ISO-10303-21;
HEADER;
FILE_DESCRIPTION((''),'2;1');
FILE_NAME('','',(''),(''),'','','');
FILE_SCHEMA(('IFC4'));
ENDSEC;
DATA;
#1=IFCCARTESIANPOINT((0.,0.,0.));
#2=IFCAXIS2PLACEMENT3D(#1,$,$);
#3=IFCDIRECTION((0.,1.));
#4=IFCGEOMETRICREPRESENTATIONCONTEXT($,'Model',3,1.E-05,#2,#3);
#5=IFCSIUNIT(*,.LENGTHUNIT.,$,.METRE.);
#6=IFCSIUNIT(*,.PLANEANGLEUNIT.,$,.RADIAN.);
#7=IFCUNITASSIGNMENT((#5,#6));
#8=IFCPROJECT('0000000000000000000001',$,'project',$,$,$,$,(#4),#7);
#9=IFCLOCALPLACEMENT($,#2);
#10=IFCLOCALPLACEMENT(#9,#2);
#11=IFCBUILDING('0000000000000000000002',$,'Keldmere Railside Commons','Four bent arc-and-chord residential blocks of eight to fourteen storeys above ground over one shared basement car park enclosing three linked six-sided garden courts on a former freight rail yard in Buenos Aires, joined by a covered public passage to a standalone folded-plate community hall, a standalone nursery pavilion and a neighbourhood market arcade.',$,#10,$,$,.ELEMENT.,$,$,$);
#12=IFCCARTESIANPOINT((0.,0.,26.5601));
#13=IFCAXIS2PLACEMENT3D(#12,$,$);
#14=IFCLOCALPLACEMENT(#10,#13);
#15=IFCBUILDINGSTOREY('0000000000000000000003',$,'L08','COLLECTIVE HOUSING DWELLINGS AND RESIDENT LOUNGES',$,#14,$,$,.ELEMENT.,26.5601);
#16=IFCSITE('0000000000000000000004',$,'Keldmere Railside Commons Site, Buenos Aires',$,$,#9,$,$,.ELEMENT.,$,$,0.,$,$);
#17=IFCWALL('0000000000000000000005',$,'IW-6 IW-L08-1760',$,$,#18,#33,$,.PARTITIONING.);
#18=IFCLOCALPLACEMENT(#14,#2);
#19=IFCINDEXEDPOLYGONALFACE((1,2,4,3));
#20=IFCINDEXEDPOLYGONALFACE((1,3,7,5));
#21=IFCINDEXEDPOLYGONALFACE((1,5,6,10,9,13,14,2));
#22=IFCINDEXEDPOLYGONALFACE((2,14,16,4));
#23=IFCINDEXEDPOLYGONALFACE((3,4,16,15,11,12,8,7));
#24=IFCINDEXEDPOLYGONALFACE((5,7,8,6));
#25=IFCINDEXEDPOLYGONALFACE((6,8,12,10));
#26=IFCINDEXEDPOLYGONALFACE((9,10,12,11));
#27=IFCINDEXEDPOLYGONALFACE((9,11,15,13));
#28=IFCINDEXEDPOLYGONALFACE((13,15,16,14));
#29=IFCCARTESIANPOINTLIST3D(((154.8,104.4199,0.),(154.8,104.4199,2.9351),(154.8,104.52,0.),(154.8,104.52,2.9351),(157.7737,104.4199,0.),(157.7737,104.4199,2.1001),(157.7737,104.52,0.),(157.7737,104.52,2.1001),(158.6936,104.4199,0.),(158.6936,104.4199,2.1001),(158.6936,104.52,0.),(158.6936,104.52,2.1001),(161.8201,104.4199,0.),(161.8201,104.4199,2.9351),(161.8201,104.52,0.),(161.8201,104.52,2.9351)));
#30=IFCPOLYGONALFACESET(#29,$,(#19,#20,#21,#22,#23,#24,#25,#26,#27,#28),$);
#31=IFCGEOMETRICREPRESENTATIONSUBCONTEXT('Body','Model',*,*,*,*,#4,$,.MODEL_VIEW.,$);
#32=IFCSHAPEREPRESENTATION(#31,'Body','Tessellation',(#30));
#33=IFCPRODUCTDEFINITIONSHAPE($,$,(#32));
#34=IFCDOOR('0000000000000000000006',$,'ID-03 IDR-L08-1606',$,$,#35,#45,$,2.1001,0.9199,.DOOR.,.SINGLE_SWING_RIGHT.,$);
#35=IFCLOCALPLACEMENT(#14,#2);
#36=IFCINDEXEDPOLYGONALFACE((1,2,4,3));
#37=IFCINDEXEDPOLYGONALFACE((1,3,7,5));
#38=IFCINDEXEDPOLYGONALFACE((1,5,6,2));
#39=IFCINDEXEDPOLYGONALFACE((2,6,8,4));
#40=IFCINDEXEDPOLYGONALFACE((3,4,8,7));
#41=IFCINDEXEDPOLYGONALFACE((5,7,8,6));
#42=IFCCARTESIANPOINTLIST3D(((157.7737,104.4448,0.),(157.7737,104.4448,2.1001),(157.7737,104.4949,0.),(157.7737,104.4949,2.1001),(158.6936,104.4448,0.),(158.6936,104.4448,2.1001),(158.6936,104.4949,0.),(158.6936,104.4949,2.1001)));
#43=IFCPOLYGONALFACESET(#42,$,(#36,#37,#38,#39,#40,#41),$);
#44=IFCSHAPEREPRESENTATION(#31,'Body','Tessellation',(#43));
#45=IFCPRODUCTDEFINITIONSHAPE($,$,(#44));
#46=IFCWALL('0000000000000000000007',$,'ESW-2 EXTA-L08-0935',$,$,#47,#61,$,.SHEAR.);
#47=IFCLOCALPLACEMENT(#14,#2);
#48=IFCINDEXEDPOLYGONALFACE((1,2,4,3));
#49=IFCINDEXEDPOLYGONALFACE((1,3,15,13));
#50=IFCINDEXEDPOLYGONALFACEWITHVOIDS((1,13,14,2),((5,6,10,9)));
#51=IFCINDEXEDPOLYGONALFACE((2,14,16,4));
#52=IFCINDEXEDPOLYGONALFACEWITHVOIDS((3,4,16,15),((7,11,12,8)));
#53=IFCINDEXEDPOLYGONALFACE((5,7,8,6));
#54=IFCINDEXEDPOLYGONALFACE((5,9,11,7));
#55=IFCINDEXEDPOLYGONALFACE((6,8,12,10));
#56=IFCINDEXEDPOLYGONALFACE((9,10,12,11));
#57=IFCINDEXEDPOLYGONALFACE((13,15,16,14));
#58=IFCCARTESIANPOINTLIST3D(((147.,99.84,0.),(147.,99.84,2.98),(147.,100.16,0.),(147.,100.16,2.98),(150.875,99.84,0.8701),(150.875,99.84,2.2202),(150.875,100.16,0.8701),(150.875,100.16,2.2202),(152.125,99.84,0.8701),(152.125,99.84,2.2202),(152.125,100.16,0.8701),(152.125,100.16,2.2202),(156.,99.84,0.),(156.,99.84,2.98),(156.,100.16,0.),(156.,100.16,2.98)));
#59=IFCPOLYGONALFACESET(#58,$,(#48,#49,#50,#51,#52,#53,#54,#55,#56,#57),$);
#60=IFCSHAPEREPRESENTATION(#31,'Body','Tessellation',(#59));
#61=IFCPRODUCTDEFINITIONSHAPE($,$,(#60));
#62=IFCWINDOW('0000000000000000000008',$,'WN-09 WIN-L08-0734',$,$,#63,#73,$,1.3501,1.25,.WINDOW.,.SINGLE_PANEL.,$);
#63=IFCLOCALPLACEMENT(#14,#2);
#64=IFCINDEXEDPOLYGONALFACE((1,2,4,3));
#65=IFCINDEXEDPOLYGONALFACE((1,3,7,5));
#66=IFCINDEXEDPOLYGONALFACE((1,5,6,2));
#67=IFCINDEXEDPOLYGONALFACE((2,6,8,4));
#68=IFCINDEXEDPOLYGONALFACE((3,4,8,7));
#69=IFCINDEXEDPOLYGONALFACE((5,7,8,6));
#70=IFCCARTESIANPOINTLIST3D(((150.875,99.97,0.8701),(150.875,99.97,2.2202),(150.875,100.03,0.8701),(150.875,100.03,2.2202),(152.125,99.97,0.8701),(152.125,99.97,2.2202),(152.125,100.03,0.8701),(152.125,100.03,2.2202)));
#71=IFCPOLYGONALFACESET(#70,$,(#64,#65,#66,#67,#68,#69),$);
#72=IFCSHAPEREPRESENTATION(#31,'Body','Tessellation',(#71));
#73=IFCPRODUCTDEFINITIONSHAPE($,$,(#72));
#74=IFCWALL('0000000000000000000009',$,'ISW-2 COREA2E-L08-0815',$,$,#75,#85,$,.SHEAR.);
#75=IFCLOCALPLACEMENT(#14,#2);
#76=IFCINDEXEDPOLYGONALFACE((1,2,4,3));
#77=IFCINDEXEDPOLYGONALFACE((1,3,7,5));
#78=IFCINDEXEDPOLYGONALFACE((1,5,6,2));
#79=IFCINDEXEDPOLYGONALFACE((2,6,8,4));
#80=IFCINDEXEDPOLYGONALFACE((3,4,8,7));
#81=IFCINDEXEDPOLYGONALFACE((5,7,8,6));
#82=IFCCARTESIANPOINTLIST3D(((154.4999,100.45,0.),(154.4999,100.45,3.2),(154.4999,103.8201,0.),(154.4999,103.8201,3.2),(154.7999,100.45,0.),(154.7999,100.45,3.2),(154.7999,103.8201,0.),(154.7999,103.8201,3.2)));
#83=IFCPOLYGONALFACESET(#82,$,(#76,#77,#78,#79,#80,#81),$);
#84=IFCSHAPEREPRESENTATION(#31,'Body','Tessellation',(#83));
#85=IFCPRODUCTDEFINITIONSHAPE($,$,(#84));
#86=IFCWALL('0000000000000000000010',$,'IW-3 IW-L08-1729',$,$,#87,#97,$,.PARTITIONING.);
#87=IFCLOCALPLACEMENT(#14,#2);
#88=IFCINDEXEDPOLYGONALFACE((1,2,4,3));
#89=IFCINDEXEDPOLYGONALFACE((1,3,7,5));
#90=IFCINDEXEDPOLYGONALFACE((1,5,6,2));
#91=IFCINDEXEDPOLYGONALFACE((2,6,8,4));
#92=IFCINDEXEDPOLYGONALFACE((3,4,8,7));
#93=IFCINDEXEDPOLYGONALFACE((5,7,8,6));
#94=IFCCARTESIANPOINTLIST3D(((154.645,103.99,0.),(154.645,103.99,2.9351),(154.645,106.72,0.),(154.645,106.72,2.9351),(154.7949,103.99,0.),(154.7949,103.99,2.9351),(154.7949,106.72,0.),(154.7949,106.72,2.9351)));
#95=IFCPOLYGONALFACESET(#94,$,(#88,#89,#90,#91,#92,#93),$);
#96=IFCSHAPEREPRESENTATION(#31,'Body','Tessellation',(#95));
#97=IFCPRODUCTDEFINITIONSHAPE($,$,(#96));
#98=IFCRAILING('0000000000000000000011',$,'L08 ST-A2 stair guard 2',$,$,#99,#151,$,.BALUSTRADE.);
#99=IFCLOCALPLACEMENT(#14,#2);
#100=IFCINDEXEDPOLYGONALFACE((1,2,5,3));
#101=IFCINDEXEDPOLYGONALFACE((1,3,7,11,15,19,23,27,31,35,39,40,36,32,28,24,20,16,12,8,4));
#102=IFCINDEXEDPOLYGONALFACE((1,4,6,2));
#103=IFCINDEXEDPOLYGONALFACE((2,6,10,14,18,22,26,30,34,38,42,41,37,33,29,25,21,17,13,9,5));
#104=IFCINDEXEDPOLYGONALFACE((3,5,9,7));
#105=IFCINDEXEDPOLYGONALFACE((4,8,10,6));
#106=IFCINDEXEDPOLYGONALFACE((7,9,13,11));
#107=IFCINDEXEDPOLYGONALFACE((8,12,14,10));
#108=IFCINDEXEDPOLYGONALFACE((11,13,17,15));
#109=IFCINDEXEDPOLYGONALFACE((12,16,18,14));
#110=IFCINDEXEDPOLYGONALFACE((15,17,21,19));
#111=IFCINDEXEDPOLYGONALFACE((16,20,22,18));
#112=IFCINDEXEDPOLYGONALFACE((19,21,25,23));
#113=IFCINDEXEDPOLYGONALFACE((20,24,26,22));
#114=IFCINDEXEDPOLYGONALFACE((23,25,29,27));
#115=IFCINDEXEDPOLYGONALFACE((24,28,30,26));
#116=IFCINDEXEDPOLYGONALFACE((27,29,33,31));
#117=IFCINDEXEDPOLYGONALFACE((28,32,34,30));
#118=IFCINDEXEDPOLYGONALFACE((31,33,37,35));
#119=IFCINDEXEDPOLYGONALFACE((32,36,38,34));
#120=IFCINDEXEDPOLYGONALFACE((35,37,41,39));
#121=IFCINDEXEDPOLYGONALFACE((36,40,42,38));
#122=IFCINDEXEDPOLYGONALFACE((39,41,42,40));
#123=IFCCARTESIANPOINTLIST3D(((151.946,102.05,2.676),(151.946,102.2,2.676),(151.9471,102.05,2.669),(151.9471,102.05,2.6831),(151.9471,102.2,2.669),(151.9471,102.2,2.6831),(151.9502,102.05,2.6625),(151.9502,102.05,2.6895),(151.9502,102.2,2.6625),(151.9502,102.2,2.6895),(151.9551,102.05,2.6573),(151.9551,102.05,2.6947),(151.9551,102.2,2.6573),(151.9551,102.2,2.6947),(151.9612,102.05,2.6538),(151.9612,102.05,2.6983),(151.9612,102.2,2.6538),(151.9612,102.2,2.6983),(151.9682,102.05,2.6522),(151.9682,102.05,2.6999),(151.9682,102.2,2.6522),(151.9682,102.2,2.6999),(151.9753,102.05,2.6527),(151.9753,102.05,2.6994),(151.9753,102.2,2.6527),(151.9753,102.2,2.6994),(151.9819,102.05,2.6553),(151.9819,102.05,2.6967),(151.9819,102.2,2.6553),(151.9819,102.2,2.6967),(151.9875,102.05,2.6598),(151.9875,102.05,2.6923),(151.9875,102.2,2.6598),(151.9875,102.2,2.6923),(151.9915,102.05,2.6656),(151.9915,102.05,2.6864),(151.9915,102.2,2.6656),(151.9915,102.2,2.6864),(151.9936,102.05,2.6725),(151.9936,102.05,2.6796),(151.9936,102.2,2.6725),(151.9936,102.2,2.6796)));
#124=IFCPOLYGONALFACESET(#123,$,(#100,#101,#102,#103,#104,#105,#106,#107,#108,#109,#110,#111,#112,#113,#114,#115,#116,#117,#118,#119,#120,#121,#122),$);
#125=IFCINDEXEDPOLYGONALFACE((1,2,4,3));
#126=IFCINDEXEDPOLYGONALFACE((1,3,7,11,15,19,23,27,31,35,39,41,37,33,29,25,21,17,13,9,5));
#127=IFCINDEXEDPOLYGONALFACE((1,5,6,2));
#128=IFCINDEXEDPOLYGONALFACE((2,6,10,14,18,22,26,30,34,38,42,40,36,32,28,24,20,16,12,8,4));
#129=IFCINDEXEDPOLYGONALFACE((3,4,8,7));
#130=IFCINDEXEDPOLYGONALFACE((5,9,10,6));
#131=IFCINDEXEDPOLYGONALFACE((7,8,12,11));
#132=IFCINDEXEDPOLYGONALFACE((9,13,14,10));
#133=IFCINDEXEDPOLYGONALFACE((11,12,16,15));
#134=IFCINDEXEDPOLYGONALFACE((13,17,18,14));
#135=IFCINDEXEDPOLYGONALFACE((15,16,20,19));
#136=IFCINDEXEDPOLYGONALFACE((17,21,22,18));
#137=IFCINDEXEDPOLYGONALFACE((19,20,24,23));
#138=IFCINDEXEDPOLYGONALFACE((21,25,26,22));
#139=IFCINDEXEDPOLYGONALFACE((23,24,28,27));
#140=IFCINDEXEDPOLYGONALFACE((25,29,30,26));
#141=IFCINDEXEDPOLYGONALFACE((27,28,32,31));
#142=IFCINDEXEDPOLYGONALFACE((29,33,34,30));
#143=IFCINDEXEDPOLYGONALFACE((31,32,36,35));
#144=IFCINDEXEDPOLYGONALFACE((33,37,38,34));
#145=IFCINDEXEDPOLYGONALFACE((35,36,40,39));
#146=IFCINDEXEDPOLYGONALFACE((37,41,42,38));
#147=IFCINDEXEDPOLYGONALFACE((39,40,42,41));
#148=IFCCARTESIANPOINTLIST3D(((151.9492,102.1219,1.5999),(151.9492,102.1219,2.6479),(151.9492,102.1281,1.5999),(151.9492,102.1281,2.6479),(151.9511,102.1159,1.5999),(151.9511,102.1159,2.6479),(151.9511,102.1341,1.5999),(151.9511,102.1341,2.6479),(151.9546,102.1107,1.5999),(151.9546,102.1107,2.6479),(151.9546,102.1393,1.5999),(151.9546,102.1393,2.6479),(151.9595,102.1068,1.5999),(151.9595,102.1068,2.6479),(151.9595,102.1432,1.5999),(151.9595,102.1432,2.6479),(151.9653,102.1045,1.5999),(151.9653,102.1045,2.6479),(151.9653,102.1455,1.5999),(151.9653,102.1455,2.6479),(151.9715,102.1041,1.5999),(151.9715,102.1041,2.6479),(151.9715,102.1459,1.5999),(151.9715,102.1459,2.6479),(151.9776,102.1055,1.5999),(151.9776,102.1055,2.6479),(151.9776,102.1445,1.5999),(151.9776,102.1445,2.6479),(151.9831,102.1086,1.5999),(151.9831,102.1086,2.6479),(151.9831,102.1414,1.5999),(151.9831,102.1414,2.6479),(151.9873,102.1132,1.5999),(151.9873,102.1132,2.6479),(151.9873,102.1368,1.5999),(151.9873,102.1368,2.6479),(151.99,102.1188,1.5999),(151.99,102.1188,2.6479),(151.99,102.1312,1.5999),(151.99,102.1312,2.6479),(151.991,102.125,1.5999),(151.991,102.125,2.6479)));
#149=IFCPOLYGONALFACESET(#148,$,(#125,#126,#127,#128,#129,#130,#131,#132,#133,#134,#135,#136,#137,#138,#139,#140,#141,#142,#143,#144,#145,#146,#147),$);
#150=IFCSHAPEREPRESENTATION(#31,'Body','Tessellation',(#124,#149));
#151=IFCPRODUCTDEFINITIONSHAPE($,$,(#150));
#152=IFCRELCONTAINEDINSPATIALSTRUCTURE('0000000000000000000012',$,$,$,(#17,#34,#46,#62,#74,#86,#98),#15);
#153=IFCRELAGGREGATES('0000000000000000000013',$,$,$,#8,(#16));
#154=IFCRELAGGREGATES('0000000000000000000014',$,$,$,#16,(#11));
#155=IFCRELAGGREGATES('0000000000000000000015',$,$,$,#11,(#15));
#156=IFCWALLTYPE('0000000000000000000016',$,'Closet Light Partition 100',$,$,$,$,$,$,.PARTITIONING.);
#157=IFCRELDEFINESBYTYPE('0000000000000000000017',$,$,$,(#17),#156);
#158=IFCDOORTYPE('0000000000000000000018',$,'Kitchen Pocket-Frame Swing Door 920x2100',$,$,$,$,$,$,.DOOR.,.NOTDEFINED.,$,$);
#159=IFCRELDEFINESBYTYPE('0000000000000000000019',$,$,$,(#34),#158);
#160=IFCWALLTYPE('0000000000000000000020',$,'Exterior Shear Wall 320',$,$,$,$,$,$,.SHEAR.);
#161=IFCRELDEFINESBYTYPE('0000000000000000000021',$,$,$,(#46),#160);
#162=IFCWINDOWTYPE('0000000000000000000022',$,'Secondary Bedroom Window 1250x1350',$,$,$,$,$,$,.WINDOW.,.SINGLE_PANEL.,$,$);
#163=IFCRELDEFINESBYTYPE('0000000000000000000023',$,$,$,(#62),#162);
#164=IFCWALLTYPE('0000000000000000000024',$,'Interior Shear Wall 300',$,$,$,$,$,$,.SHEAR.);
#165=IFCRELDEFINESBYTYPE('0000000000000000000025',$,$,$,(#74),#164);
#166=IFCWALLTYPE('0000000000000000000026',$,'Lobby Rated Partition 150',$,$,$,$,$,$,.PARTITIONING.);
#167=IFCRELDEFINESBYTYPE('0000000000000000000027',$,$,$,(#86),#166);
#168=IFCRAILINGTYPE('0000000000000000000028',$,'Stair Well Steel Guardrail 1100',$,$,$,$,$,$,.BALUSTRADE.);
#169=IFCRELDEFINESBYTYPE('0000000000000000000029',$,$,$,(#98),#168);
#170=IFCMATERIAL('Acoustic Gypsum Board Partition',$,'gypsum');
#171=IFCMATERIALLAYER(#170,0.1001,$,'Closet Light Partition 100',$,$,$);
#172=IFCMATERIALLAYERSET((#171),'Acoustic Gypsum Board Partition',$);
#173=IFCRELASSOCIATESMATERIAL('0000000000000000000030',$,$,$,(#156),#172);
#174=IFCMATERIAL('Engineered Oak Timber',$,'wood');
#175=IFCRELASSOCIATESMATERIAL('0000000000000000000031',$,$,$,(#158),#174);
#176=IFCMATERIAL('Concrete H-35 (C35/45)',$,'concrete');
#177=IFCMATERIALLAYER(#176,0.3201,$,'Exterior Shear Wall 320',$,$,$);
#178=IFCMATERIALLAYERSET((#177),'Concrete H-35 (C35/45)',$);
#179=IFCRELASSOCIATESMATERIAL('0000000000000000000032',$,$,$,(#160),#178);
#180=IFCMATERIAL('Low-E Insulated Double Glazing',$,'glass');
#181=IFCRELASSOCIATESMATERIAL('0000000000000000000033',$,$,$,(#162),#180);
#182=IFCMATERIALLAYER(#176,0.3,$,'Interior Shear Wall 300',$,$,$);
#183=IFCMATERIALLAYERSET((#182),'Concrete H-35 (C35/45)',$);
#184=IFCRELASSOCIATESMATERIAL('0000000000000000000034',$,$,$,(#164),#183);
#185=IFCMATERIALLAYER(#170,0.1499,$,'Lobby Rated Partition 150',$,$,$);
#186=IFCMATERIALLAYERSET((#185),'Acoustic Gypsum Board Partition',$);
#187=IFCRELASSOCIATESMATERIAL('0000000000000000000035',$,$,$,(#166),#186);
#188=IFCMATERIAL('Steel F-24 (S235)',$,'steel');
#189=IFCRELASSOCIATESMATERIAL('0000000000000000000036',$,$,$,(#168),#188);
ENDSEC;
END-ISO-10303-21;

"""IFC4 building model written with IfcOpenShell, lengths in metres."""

from ifc_helpers import new_model, si_unit, direction, frame, frame_2d, origin, origin_2d, place, context, subcontext, project, spatial, rectangle, circle, extrude, material, layer, layer_set, type_object, element, fill, save


model = new_model("IFC4")

# Units and contexts
model_context = context("Model", 3, precision=1e-05, world=origin(), true_north=direction((0.0, 1.0)))
body_context = subcontext(model_context, "Body", "Model", "MODEL_VIEW")
ifc_project = project(units=[si_unit("LENGTHUNIT", "METRE"), si_unit("PLANEANGLEUNIT", "RADIAN")], contexts=[model_context])

# Site, building, storey
site_placement = place(None, origin())
site = spatial("IfcSite", under=ifc_project, at=site_placement, Name="Keldmere Railside Commons Site, Buenos Aires", CompositionType="ELEMENT", RefElevation=0.0)
building_placement = place(site_placement, origin())
building = spatial("IfcBuilding", under=site, at=building_placement, Name="Keldmere Railside Commons", Description="Four bent arc-and-chord residential blocks of eight to fourteen storeys above ground over one shared basement car park enclosing three linked six-sided garden courts on a former freight rail yard in Buenos Aires, joined by a covered public passage to a standalone folded-plate community hall, a standalone nursery pavilion and a neighbourhood market arcade.", CompositionType="ELEMENT")
storey_placement = place(building_placement, frame((0.0, 0.0, 26.5601)))
storey = spatial("IfcBuildingStorey", under=building, at=storey_placement, Name="L08", Description="COLLECTIVE HOUSING DWELLINGS AND RESIDENT LOUNGES", CompositionType="ELEMENT", Elevation=26.5601)

# Shared definitions
ifc_material_1 = material(Name="Low-E Insulated Double Glazing", Category="glass")

# Wall, opening, door
ifc_material_2 = material(Name="Acoustic Gypsum Board Partition", Category="gypsum")
ifc_layer_1 = layer(ifc_material_2, 0.1001, Name="Closet Light Partition 100")
ifc_layer_set_1 = layer_set([ifc_layer_1], Name="Acoustic Gypsum Board Partition")
wall_type_1 = type_object("IfcWallType", Name="Closet Light Partition 100", PredefinedType="PARTITIONING", material=ifc_layer_set_1)
wall_1_placement = place(storey_placement, frame((154.8, 104.47, 0.0), z_axis=(0.0, 0.0, 1.0), x_axis=(1.0, 0.0, 0.0)))
wall_1 = element("IfcWall", 1, at=wall_1_placement, inside=storey, type_object=wall_type_1, Name="IW-6 IW-L08-1760", PredefinedType="PARTITIONING", context=body_context, shape_type="SweptSolid", body=[
    extrude(rectangle(XDim=7.02, YDim=0.1001, at=frame_2d((3.51, 0.0))), origin(), (0.0, 0.0, 1.0), 2.9351),
])
opening_1_placement = place(wall_1_placement, frame((2.9736, 0.0, 0.0)))
opening_1 = element("IfcOpeningElement", 2, at=opening_1_placement, cuts=wall_1, PredefinedType="OPENING", context=body_context, shape_type="SweptSolid", body=[
    extrude(rectangle(XDim=0.9199, YDim=2.1001, at=frame_2d((0.46, 1.05))), frame((0.0, 0.0601, 0.0), z_axis=(0.0, -1.0, 0.0), x_axis=(1.0, 0.0, 0.0)), (0.0, 0.0, 1.0), 0.1201),
])
ifc_material_3 = material(Name="Engineered Oak Timber", Category="wood")
door_type_1 = type_object("IfcDoorType", Name="Kitchen Pocket-Frame Swing Door 920x2100", OperationType="NOTDEFINED", PredefinedType="DOOR", material=ifc_material_3)
door_1_placement = place(opening_1_placement, origin())
door_1 = element("IfcDoor", 3, at=door_1_placement, inside=storey, type_object=door_type_1, Name="ID-03 IDR-L08-1606", OperationType="SINGLE_SWING_RIGHT", OverallHeight=2.1001, OverallWidth=0.9199, PredefinedType="DOOR", context=body_context, shape_type="SweptSolid", body=[
    extrude(rectangle(XDim=0.9199, YDim=2.1001, at=frame_2d((0.46, 1.05))), frame((0.0, 0.0249, 0.0), z_axis=(0.0, -1.0, 0.0), x_axis=(1.0, 0.0, 0.0)), (0.0, 0.0, 1.0), 0.05),
])
fill(opening_1, door_1)

# Wall, opening, window
ifc_material_4 = material(Name="Concrete H-35 (C35/45)", Category="concrete")
ifc_layer_2 = layer(ifc_material_4, 0.3201, Name="Exterior Shear Wall 320")
ifc_layer_set_2 = layer_set([ifc_layer_2], Name="Concrete H-35 (C35/45)")
wall_type_2 = type_object("IfcWallType", Name="Exterior Shear Wall 320", PredefinedType="SHEAR", material=ifc_layer_set_2)
wall_2_placement = place(storey_placement, frame((156.0, 100.0, 0.0), z_axis=(0.0, 0.0, 1.0), x_axis=(-1.0, 0.0, 0.0)))
wall_2 = element("IfcWall", 4, at=wall_2_placement, inside=storey, type_object=wall_type_2, Name="ESW-2 EXTA-L08-0935", PredefinedType="SHEAR", context=body_context, shape_type="SweptSolid", body=[
    extrude(rectangle(XDim=9.0, YDim=0.3201, at=frame_2d((4.5, 0.0))), origin(), (0.0, 0.0, 1.0), 2.98),
])
opening_2_placement = place(wall_2_placement, frame((3.875, 0.0, 0.8701)))
opening_2 = element("IfcOpeningElement", 5, at=opening_2_placement, cuts=wall_2, PredefinedType="OPENING", context=body_context, shape_type="SweptSolid", body=[
    extrude(rectangle(XDim=1.25, YDim=1.3501, at=frame_2d((0.625, 0.675))), frame((0.0, 0.1699, 0.0), z_axis=(0.0, -1.0, 0.0), x_axis=(1.0, 0.0, 0.0)), (0.0, 0.0, 1.0), 0.3401),
])
window_type = type_object("IfcWindowType", Name="Secondary Bedroom Window 1250x1350", PartitioningType="SINGLE_PANEL", PredefinedType="WINDOW", material=ifc_material_1)
window_placement = place(opening_2_placement, origin())
window = element("IfcWindow", 6, at=window_placement, inside=storey, type_object=window_type, Name="WN-09 WIN-L08-0734", OverallHeight=1.3501, OverallWidth=1.25, PartitioningType="SINGLE_PANEL", PredefinedType="WINDOW", context=body_context, shape_type="SweptSolid", body=[
    extrude(rectangle(XDim=1.25, YDim=1.3501, at=frame_2d((0.625, 0.675))), frame((0.0, 0.03, 0.0), z_axis=(0.0, -1.0, 0.0), x_axis=(1.0, 0.0, 0.0)), (0.0, 0.0, 1.0), 0.0601),
])
fill(opening_2, window)

# Wall
ifc_layer_3 = layer(ifc_material_4, 0.3, Name="Interior Shear Wall 300")
ifc_layer_set_3 = layer_set([ifc_layer_3], Name="Concrete H-35 (C35/45)")
wall_type_3 = type_object("IfcWallType", Name="Interior Shear Wall 300", PredefinedType="SHEAR", material=ifc_layer_set_3)
wall_3_placement = place(storey_placement, frame((154.6499, 100.45, 0.0), z_axis=(0.0, 0.0, 1.0), x_axis=(0.0, 1.0, 0.0)))
element("IfcWall", 7, at=wall_3_placement, inside=storey, type_object=wall_type_3, Name="ISW-2 COREA2E-L08-0815", PredefinedType="SHEAR", context=body_context, shape_type="SweptSolid", body=[
    extrude(rectangle(XDim=3.3701, YDim=0.3, at=frame_2d((1.6851, 0.0))), origin(), (0.0, 0.0, 1.0), 3.2),
])

# Shared definitions
ifc_material_5 = material(Name="Steel F-24 (S235)", Category="steel")

# Wall
ifc_layer_4 = layer(ifc_material_2, 0.1499, Name="Lobby Rated Partition 150")
ifc_layer_set_4 = layer_set([ifc_layer_4], Name="Acoustic Gypsum Board Partition")
wall_type_4 = type_object("IfcWallType", Name="Lobby Rated Partition 150", PredefinedType="PARTITIONING", material=ifc_layer_set_4)
wall_4_placement = place(storey_placement, frame((154.72, 103.99, 0.0), z_axis=(0.0, 0.0, 1.0), x_axis=(0.0, 1.0, 0.0)))
element("IfcWall", 8, at=wall_4_placement, inside=storey, type_object=wall_type_4, Name="IW-3 IW-L08-1729", PredefinedType="PARTITIONING", context=body_context, shape_type="SweptSolid", body=[
    extrude(rectangle(XDim=2.73, YDim=0.1499, at=frame_2d((1.365, 0.0))), origin(), (0.0, 0.0, 1.0), 2.9351),
])

# Railing
railing_type_1 = type_object("IfcRailingType", Name="Stair Well Steel Guardrail 1100", PredefinedType="BALUSTRADE", material=ifc_material_5)
railing_1_placement = place(storey_placement, frame((151.97, 102.05, 1.5999)))
element("IfcRailing", 9, at=railing_1_placement, inside=storey, type_object=railing_type_1, Name="L08 ST-A2 stair guard 2", PredefinedType="BALUSTRADE", context=body_context, shape_type="SweptSolid", body=[
    extrude(circle(Radius=0.0239, at=origin_2d()), frame((0.0, 0.0, 1.0762), z_axis=(0.0, 1.0, 0.0), x_axis=(-1.0, 0.0, 0.0)), (0.0, 0.0, 1.0), 0.1499),
    extrude(circle(Radius=0.021, at=origin_2d()), frame((0.0, 0.075, 0.0)), (0.0, 0.0, 1.0), 1.0481),
])

save(model, "model.ifc")
